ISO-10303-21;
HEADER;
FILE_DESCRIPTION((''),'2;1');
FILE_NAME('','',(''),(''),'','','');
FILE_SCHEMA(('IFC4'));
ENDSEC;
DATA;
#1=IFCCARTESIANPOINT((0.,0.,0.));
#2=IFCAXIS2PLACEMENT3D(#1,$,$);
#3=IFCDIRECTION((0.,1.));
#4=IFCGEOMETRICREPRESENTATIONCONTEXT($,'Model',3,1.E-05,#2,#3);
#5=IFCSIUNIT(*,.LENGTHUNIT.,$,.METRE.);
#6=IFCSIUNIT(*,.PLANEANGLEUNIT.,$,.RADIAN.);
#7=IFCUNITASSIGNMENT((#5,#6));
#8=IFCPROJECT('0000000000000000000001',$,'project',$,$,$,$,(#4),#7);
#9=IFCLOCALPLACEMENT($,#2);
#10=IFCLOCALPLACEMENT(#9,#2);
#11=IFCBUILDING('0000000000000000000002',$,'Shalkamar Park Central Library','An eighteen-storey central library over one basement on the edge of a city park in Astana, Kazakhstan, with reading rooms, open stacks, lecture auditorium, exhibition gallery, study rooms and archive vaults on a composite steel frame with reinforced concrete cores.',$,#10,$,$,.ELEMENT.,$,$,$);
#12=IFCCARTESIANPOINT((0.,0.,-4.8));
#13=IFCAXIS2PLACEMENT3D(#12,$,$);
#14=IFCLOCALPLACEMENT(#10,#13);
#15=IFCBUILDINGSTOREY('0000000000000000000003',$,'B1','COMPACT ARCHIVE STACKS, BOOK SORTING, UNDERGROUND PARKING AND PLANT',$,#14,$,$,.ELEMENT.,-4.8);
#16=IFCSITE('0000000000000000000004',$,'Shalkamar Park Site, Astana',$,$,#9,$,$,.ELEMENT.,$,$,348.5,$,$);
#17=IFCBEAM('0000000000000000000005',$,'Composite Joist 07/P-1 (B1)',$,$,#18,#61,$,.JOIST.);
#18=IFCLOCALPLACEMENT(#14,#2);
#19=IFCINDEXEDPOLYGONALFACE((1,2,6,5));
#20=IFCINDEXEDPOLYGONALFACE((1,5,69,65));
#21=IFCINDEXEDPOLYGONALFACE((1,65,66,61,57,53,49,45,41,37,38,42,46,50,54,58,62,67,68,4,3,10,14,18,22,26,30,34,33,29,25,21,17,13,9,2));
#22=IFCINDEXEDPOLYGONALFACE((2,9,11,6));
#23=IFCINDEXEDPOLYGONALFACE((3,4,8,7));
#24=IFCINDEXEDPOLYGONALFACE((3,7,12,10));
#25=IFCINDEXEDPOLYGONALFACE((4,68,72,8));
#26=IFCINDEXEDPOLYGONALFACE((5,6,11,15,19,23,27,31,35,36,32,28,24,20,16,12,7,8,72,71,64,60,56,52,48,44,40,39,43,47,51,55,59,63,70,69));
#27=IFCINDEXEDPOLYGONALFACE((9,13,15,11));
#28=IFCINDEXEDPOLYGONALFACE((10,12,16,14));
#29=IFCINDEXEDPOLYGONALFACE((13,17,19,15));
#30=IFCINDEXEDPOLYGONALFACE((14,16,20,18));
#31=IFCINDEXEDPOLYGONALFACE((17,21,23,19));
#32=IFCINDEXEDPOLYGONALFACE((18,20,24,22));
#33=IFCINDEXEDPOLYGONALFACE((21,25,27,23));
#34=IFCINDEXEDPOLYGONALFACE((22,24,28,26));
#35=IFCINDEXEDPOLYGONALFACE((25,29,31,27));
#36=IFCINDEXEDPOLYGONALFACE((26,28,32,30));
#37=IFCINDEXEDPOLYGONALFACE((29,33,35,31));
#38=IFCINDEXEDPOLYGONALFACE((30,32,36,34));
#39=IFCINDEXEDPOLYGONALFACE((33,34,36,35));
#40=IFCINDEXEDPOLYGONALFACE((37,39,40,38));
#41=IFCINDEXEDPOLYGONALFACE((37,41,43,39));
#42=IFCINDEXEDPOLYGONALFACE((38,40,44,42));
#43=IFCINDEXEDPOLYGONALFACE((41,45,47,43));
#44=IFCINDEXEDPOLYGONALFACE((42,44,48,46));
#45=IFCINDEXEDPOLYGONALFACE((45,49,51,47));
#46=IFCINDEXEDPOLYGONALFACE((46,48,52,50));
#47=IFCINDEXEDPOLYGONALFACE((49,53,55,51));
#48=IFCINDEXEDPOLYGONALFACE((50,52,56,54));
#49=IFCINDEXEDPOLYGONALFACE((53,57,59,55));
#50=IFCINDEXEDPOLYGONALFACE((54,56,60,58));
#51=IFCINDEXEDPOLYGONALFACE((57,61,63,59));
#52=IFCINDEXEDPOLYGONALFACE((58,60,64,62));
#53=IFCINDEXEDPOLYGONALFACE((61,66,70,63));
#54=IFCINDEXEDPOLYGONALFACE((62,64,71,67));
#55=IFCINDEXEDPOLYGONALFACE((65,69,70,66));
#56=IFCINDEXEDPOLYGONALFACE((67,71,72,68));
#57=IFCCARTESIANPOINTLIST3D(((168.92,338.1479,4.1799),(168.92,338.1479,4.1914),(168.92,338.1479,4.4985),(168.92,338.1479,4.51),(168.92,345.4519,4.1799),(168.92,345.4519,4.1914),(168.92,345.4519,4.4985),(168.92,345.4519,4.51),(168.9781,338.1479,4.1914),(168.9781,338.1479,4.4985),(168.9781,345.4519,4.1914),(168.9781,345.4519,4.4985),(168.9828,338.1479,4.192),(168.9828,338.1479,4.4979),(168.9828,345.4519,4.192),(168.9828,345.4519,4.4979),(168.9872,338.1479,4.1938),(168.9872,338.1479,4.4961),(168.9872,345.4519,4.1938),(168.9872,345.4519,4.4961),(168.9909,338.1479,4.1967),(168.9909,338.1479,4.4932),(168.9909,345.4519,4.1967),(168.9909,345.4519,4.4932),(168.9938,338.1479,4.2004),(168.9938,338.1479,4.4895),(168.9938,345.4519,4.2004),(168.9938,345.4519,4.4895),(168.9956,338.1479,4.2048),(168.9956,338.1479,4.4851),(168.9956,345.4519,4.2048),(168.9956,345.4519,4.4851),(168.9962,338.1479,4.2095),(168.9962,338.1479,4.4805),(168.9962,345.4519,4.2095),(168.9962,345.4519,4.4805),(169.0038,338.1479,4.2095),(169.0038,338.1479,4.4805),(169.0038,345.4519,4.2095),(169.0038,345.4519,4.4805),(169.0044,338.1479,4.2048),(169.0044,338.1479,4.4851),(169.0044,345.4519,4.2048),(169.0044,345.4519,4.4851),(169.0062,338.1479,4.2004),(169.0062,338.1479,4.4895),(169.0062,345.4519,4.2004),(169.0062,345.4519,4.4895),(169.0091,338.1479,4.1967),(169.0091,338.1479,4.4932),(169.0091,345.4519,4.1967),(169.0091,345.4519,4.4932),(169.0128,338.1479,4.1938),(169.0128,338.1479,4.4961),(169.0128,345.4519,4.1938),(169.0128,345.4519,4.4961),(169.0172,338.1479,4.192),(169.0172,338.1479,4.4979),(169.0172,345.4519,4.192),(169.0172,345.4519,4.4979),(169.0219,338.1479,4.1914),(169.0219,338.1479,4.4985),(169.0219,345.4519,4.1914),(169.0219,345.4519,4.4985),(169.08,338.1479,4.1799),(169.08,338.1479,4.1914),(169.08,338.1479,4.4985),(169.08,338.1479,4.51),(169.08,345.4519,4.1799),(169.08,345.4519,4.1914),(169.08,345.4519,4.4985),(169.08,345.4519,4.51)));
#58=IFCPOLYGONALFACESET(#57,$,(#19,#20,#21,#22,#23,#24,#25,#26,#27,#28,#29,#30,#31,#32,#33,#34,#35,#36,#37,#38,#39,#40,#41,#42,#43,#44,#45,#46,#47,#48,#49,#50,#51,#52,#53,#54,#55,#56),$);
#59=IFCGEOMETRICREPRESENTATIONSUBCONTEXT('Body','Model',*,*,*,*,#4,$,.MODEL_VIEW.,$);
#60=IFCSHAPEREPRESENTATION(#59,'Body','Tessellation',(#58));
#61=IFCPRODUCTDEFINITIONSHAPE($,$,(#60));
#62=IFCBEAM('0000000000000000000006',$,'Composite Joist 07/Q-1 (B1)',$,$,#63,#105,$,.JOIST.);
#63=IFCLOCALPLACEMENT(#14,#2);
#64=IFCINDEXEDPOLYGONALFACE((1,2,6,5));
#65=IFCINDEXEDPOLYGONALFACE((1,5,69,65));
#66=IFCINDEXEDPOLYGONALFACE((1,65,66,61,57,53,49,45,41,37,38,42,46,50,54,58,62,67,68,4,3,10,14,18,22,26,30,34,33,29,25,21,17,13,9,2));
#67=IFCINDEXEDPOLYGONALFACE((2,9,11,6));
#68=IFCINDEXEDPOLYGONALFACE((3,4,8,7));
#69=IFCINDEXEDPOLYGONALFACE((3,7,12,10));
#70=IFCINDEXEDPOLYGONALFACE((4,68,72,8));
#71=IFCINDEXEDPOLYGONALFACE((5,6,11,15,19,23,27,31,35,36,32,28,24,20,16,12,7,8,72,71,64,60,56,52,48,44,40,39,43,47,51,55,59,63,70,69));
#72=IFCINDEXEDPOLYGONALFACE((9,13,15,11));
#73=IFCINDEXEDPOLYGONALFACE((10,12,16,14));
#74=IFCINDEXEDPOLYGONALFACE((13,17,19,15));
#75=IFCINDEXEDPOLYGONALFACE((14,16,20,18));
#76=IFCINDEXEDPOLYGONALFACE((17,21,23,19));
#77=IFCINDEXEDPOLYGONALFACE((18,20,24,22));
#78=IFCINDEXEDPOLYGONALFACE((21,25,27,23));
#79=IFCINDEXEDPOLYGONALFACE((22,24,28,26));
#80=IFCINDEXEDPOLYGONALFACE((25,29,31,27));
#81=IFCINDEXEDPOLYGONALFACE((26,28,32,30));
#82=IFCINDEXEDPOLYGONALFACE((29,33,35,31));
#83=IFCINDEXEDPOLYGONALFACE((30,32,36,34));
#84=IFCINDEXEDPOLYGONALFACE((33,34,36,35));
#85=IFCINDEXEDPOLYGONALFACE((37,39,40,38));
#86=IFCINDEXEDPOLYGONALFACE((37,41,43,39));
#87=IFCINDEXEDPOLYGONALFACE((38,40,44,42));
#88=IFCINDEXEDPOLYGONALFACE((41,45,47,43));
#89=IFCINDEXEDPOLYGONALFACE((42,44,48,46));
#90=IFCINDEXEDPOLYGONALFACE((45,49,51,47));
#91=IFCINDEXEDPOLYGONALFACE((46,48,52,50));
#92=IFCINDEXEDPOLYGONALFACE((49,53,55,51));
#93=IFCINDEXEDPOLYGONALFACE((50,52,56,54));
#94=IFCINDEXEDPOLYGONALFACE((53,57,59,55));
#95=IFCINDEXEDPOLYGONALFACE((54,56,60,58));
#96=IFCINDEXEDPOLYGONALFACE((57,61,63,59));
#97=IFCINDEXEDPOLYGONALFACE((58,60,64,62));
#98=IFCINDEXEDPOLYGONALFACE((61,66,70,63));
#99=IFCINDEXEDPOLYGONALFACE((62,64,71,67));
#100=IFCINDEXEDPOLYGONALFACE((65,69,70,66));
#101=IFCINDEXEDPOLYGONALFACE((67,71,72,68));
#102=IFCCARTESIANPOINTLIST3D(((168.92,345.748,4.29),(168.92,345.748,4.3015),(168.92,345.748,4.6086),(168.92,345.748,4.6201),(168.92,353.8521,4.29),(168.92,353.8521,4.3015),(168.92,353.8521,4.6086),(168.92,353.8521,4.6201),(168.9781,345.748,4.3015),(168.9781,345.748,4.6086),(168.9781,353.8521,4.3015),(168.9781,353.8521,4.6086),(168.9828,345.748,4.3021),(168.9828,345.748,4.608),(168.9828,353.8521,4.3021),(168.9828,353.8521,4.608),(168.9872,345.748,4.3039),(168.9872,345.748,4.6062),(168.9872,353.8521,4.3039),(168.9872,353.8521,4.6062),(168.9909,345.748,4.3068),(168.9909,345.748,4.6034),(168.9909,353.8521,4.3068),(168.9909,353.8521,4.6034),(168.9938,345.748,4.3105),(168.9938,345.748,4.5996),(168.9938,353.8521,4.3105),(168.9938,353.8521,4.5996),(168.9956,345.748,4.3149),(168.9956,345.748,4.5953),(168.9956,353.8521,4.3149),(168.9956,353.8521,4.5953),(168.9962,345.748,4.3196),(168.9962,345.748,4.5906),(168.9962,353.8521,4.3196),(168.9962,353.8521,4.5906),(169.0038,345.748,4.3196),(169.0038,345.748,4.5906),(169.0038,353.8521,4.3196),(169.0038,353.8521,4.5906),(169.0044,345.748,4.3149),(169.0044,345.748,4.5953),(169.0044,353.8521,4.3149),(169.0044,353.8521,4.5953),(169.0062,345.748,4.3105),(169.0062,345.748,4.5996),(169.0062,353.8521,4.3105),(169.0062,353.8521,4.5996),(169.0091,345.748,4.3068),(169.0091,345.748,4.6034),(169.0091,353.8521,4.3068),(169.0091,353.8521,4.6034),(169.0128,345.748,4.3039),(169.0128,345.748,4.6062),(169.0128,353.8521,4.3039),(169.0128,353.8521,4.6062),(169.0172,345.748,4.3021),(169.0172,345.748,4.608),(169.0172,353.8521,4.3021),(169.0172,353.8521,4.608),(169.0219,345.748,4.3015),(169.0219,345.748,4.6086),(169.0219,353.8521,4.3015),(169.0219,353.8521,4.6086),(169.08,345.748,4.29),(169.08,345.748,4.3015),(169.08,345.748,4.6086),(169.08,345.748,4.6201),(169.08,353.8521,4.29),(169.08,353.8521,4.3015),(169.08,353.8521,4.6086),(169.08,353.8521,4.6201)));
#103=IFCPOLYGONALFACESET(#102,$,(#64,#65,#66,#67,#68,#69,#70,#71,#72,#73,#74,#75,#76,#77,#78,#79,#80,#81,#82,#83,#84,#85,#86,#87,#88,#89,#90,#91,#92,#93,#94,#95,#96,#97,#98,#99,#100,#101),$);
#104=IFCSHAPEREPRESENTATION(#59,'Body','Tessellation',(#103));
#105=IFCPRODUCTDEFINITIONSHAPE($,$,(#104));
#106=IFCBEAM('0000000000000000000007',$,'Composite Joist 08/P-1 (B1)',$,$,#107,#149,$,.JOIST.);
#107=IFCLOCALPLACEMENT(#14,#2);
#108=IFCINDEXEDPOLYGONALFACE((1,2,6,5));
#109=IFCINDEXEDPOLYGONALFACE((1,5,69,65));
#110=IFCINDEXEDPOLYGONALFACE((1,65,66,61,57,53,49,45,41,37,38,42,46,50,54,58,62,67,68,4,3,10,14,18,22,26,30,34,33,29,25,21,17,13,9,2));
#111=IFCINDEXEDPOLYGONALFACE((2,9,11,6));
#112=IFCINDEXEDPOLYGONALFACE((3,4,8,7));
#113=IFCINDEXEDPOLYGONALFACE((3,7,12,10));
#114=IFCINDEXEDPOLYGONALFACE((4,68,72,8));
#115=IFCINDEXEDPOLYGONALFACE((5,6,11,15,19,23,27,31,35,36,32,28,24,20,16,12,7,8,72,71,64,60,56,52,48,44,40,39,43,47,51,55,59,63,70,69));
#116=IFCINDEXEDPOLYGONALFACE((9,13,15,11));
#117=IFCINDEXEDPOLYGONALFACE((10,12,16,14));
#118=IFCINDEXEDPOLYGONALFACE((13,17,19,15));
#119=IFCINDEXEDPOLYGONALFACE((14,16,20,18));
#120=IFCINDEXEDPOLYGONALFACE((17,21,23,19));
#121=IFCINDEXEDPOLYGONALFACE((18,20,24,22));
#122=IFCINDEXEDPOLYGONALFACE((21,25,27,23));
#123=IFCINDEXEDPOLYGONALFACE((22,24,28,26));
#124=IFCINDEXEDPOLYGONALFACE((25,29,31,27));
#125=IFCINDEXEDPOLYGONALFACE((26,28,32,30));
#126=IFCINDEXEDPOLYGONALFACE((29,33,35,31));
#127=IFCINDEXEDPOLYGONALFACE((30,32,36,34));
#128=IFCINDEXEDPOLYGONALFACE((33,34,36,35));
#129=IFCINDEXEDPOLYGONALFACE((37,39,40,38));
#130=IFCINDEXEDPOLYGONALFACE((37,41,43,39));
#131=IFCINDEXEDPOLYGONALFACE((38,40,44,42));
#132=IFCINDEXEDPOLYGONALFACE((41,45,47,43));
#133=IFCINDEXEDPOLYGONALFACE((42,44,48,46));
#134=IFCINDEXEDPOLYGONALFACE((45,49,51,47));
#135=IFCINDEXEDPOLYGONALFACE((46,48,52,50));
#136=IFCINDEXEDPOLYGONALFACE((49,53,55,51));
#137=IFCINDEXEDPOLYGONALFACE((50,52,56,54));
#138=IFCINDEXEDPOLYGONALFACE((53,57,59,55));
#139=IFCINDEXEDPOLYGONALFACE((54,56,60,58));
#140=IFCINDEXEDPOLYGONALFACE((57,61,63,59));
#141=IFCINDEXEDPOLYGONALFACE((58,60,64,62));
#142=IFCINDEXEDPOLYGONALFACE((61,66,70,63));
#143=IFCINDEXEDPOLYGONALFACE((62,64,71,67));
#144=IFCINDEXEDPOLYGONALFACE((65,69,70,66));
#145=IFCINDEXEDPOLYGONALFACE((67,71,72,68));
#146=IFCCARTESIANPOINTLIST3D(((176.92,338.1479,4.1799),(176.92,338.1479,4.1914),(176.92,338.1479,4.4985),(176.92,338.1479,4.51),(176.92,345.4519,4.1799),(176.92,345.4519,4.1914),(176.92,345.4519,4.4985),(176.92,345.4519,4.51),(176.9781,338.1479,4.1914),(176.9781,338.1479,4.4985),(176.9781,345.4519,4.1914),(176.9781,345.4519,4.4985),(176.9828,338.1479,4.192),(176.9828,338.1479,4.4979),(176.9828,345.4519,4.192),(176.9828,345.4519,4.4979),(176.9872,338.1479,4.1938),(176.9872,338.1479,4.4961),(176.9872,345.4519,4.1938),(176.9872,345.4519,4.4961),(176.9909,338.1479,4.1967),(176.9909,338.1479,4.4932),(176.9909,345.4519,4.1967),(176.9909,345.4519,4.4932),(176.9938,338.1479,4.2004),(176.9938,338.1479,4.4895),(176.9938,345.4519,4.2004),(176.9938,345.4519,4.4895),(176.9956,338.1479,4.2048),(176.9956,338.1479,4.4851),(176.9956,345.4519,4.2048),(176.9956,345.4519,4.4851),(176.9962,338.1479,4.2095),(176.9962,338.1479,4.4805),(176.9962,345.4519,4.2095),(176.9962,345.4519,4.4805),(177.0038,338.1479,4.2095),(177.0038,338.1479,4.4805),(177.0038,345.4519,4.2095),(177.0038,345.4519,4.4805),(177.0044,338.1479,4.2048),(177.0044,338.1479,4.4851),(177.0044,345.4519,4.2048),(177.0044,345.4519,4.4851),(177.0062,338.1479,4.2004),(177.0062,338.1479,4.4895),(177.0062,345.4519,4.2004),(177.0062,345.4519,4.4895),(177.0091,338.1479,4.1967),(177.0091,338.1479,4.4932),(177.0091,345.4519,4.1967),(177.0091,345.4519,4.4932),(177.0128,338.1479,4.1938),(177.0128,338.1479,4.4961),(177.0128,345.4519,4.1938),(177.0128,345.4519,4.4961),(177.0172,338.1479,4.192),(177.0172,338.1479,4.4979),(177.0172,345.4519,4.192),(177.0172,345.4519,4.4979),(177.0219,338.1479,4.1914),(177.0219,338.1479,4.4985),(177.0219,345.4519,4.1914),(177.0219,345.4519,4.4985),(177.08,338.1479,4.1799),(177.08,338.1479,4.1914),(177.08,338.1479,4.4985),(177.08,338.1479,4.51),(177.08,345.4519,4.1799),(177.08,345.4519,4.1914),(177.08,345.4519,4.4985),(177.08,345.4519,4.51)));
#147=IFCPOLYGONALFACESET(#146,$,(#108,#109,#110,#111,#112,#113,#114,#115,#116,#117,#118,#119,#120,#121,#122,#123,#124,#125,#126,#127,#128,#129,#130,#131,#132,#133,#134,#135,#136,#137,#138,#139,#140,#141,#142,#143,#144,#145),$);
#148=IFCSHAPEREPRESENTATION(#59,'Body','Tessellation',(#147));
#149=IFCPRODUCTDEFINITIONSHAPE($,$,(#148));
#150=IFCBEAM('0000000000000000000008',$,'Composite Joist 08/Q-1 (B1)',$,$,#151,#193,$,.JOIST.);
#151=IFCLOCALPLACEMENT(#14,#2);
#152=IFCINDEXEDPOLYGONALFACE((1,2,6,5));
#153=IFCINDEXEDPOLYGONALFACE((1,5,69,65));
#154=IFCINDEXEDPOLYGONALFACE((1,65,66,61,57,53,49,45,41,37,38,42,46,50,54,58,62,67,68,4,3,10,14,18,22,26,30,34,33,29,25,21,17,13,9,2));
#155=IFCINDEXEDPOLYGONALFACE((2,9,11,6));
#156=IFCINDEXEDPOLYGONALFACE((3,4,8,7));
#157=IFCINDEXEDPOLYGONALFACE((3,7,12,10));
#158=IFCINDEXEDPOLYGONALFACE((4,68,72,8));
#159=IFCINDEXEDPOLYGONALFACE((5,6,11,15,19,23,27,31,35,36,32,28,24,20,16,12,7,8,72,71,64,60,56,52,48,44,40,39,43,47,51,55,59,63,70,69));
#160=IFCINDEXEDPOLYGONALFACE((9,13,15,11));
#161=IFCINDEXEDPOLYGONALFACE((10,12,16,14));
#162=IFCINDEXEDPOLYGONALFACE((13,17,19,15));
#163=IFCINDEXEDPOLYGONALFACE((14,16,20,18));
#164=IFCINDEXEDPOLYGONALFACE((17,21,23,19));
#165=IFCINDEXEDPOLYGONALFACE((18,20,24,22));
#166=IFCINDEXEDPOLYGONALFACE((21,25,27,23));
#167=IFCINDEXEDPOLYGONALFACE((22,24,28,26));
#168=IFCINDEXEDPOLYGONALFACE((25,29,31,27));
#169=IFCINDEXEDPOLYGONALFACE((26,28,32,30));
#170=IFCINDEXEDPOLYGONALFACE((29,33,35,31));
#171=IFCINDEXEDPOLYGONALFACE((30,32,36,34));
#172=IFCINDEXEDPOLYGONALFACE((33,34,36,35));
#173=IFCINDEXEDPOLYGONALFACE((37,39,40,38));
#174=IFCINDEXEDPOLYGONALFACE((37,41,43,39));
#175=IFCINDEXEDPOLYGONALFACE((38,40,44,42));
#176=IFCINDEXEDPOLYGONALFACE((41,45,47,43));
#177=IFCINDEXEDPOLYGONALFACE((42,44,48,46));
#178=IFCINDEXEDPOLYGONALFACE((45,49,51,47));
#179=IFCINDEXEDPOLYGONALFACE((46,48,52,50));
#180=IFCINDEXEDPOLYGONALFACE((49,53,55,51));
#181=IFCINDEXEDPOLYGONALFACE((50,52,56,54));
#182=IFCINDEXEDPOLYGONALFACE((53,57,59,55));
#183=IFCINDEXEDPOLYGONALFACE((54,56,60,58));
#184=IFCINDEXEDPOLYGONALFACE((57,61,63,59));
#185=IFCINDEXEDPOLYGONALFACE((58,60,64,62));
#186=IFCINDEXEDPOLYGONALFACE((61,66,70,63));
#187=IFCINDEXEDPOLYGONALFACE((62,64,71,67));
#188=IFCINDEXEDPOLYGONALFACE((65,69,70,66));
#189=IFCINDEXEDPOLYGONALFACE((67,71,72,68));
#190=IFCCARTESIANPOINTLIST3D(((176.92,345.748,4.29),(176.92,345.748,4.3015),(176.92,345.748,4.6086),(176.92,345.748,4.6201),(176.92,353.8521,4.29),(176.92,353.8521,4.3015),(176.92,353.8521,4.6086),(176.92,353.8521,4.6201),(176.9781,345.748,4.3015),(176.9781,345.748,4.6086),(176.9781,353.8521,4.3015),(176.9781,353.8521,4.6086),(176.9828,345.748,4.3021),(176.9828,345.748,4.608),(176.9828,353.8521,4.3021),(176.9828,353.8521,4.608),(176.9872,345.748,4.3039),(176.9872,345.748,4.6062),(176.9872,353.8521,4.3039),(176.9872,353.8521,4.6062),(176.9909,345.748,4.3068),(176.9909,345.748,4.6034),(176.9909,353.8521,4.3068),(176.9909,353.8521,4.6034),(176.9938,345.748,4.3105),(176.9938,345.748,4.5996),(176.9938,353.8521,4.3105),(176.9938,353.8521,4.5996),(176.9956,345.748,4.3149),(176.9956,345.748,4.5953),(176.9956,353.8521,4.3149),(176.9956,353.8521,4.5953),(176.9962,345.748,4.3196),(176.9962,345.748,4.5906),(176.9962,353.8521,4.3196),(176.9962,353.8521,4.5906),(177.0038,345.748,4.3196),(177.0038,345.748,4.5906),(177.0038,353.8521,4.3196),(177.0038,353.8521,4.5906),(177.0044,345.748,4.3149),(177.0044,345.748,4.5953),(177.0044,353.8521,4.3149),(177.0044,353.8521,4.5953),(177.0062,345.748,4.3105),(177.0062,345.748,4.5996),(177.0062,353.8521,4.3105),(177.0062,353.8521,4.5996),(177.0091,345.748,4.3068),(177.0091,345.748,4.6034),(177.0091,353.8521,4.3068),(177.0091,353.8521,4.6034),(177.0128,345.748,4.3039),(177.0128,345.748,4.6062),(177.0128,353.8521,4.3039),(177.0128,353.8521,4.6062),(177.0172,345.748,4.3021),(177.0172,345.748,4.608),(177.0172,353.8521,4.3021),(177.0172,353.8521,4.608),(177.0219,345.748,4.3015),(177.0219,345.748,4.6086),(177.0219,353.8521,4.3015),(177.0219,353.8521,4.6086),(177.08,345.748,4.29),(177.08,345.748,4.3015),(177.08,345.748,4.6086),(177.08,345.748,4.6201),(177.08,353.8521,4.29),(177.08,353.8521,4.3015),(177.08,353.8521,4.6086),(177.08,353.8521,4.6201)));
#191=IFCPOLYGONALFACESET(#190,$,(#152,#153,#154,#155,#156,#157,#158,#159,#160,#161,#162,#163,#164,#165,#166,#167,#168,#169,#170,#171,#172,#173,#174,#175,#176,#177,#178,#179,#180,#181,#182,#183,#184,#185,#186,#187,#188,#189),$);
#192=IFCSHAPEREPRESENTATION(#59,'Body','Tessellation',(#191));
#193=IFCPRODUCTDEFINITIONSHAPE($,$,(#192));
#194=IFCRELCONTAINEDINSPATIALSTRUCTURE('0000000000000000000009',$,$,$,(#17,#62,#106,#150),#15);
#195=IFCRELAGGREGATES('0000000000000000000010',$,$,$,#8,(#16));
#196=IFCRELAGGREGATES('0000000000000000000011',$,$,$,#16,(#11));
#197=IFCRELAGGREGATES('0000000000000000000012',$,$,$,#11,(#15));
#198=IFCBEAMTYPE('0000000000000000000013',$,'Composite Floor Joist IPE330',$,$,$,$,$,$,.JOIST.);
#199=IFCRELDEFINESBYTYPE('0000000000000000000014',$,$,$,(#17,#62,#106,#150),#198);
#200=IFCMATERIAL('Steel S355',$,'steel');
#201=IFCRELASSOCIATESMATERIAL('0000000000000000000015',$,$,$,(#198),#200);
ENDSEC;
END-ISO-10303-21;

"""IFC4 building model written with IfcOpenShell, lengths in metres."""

from ifc_helpers import new_model, si_unit, direction, frame, origin, origin_2d, place, context, subcontext, project, spatial, i_section, extrude, material, material_profile, profile_set, type_object, element, save


model = new_model("IFC4")

# Units and contexts
model_context = context("Model", 3, precision=1e-05, world=origin(), true_north=direction((0.0, 1.0)))
body_context = subcontext(model_context, "Body", "Model", "MODEL_VIEW")
ifc_project = project(units=[si_unit("LENGTHUNIT", "METRE"), si_unit("PLANEANGLEUNIT", "RADIAN")], contexts=[model_context])

# Site, building, storey
site_placement = place(None, origin())
site = spatial("IfcSite", under=ifc_project, at=site_placement, Name="Shalkamar Park Site, Astana", CompositionType="ELEMENT", RefElevation=348.5)
building_placement = place(site_placement, origin())
building = spatial("IfcBuilding", under=site, at=building_placement, Name="Shalkamar Park Central Library", Description="An eighteen-storey central library over one basement on the edge of a city park in Astana, Kazakhstan, with reading rooms, open stacks, lecture auditorium, exhibition gallery, study rooms and archive vaults on a composite steel frame with reinforced concrete cores.", CompositionType="ELEMENT")
storey_placement = place(building_placement, frame((0.0, 0.0, -4.8)))
storey = spatial("IfcBuildingStorey", under=building, at=storey_placement, Name="B1", Description="COMPACT ARCHIVE STACKS, BOOK SORTING, UNDERGROUND PARKING AND PLANT", CompositionType="ELEMENT", Elevation=-4.8)

# Shared definitions
ifc_material_1 = material(Name="Steel S355", Category="steel")

# Beams
ifc_material_profile_1 = material_profile(ifc_material_1, i_section(OverallWidth=0.1599, OverallDepth=0.3301, WebThickness=0.0076, FlangeThickness=0.0115, FilletRadius=0.0181, at=origin_2d()), Name="IPE 330")
ifc_profile_set_1 = profile_set([ifc_material_profile_1], Name="Steel S355")
beam_type_1 = type_object("IfcBeamType", Name="Composite Floor Joist IPE330", PredefinedType="JOIST", material=ifc_profile_set_1)
beam_1_placement = place(storey_placement, frame((169.0, 338.1479, 4.345), z_axis=(0.0, 1.0, 0.0), x_axis=(-1.0, 0.0, 0.0)))
element("IfcBeam", 1, at=beam_1_placement, inside=storey, type_object=beam_type_1, Name="Composite Joist 07/P-1 (B1)", PredefinedType="JOIST", context=body_context, shape_type="SweptSolid", body=[
    extrude(i_section(OverallWidth=0.1599, OverallDepth=0.3301, WebThickness=0.0076, FlangeThickness=0.0115, FilletRadius=0.0181, at=origin_2d()), origin(), (0.0, 0.0, 1.0), 7.304),
])
beam_2_placement = place(storey_placement, frame((169.0, 345.748, 4.4551), z_axis=(0.0, 1.0, 0.0), x_axis=(-1.0, 0.0, 0.0)))
element("IfcBeam", 2, at=beam_2_placement, inside=storey, type_object=beam_type_1, Name="Composite Joist 07/Q-1 (B1)", PredefinedType="JOIST", context=body_context, shape_type="SweptSolid", body=[
    extrude(i_section(OverallWidth=0.1599, OverallDepth=0.3301, WebThickness=0.0076, FlangeThickness=0.0115, FilletRadius=0.0181, at=origin_2d()), origin(), (0.0, 0.0, 1.0), 8.104),
])
beam_3_placement = place(storey_placement, frame((177.0, 338.1479, 4.345), z_axis=(0.0, 1.0, 0.0), x_axis=(-1.0, 0.0, 0.0)))
element("IfcBeam", 3, at=beam_3_placement, inside=storey, type_object=beam_type_1, Name="Composite Joist 08/P-1 (B1)", PredefinedType="JOIST", context=body_context, shape_type="SweptSolid", body=[
    extrude(i_section(OverallWidth=0.1599, OverallDepth=0.3301, WebThickness=0.0076, FlangeThickness=0.0115, FilletRadius=0.0181, at=origin_2d()), origin(), (0.0, 0.0, 1.0), 7.304),
])
beam_4_placement = place(storey_placement, frame((177.0, 345.748, 4.4551), z_axis=(0.0, 1.0, 0.0), x_axis=(-1.0, 0.0, 0.0)))
element("IfcBeam", 4, at=beam_4_placement, inside=storey, type_object=beam_type_1, Name="Composite Joist 08/Q-1 (B1)", PredefinedType="JOIST", context=body_context, shape_type="SweptSolid", body=[
    extrude(i_section(OverallWidth=0.1599, OverallDepth=0.3301, WebThickness=0.0076, FlangeThickness=0.0115, FilletRadius=0.0181, at=origin_2d()), origin(), (0.0, 0.0, 1.0), 8.104),
])

save(model, "model.ifc")
